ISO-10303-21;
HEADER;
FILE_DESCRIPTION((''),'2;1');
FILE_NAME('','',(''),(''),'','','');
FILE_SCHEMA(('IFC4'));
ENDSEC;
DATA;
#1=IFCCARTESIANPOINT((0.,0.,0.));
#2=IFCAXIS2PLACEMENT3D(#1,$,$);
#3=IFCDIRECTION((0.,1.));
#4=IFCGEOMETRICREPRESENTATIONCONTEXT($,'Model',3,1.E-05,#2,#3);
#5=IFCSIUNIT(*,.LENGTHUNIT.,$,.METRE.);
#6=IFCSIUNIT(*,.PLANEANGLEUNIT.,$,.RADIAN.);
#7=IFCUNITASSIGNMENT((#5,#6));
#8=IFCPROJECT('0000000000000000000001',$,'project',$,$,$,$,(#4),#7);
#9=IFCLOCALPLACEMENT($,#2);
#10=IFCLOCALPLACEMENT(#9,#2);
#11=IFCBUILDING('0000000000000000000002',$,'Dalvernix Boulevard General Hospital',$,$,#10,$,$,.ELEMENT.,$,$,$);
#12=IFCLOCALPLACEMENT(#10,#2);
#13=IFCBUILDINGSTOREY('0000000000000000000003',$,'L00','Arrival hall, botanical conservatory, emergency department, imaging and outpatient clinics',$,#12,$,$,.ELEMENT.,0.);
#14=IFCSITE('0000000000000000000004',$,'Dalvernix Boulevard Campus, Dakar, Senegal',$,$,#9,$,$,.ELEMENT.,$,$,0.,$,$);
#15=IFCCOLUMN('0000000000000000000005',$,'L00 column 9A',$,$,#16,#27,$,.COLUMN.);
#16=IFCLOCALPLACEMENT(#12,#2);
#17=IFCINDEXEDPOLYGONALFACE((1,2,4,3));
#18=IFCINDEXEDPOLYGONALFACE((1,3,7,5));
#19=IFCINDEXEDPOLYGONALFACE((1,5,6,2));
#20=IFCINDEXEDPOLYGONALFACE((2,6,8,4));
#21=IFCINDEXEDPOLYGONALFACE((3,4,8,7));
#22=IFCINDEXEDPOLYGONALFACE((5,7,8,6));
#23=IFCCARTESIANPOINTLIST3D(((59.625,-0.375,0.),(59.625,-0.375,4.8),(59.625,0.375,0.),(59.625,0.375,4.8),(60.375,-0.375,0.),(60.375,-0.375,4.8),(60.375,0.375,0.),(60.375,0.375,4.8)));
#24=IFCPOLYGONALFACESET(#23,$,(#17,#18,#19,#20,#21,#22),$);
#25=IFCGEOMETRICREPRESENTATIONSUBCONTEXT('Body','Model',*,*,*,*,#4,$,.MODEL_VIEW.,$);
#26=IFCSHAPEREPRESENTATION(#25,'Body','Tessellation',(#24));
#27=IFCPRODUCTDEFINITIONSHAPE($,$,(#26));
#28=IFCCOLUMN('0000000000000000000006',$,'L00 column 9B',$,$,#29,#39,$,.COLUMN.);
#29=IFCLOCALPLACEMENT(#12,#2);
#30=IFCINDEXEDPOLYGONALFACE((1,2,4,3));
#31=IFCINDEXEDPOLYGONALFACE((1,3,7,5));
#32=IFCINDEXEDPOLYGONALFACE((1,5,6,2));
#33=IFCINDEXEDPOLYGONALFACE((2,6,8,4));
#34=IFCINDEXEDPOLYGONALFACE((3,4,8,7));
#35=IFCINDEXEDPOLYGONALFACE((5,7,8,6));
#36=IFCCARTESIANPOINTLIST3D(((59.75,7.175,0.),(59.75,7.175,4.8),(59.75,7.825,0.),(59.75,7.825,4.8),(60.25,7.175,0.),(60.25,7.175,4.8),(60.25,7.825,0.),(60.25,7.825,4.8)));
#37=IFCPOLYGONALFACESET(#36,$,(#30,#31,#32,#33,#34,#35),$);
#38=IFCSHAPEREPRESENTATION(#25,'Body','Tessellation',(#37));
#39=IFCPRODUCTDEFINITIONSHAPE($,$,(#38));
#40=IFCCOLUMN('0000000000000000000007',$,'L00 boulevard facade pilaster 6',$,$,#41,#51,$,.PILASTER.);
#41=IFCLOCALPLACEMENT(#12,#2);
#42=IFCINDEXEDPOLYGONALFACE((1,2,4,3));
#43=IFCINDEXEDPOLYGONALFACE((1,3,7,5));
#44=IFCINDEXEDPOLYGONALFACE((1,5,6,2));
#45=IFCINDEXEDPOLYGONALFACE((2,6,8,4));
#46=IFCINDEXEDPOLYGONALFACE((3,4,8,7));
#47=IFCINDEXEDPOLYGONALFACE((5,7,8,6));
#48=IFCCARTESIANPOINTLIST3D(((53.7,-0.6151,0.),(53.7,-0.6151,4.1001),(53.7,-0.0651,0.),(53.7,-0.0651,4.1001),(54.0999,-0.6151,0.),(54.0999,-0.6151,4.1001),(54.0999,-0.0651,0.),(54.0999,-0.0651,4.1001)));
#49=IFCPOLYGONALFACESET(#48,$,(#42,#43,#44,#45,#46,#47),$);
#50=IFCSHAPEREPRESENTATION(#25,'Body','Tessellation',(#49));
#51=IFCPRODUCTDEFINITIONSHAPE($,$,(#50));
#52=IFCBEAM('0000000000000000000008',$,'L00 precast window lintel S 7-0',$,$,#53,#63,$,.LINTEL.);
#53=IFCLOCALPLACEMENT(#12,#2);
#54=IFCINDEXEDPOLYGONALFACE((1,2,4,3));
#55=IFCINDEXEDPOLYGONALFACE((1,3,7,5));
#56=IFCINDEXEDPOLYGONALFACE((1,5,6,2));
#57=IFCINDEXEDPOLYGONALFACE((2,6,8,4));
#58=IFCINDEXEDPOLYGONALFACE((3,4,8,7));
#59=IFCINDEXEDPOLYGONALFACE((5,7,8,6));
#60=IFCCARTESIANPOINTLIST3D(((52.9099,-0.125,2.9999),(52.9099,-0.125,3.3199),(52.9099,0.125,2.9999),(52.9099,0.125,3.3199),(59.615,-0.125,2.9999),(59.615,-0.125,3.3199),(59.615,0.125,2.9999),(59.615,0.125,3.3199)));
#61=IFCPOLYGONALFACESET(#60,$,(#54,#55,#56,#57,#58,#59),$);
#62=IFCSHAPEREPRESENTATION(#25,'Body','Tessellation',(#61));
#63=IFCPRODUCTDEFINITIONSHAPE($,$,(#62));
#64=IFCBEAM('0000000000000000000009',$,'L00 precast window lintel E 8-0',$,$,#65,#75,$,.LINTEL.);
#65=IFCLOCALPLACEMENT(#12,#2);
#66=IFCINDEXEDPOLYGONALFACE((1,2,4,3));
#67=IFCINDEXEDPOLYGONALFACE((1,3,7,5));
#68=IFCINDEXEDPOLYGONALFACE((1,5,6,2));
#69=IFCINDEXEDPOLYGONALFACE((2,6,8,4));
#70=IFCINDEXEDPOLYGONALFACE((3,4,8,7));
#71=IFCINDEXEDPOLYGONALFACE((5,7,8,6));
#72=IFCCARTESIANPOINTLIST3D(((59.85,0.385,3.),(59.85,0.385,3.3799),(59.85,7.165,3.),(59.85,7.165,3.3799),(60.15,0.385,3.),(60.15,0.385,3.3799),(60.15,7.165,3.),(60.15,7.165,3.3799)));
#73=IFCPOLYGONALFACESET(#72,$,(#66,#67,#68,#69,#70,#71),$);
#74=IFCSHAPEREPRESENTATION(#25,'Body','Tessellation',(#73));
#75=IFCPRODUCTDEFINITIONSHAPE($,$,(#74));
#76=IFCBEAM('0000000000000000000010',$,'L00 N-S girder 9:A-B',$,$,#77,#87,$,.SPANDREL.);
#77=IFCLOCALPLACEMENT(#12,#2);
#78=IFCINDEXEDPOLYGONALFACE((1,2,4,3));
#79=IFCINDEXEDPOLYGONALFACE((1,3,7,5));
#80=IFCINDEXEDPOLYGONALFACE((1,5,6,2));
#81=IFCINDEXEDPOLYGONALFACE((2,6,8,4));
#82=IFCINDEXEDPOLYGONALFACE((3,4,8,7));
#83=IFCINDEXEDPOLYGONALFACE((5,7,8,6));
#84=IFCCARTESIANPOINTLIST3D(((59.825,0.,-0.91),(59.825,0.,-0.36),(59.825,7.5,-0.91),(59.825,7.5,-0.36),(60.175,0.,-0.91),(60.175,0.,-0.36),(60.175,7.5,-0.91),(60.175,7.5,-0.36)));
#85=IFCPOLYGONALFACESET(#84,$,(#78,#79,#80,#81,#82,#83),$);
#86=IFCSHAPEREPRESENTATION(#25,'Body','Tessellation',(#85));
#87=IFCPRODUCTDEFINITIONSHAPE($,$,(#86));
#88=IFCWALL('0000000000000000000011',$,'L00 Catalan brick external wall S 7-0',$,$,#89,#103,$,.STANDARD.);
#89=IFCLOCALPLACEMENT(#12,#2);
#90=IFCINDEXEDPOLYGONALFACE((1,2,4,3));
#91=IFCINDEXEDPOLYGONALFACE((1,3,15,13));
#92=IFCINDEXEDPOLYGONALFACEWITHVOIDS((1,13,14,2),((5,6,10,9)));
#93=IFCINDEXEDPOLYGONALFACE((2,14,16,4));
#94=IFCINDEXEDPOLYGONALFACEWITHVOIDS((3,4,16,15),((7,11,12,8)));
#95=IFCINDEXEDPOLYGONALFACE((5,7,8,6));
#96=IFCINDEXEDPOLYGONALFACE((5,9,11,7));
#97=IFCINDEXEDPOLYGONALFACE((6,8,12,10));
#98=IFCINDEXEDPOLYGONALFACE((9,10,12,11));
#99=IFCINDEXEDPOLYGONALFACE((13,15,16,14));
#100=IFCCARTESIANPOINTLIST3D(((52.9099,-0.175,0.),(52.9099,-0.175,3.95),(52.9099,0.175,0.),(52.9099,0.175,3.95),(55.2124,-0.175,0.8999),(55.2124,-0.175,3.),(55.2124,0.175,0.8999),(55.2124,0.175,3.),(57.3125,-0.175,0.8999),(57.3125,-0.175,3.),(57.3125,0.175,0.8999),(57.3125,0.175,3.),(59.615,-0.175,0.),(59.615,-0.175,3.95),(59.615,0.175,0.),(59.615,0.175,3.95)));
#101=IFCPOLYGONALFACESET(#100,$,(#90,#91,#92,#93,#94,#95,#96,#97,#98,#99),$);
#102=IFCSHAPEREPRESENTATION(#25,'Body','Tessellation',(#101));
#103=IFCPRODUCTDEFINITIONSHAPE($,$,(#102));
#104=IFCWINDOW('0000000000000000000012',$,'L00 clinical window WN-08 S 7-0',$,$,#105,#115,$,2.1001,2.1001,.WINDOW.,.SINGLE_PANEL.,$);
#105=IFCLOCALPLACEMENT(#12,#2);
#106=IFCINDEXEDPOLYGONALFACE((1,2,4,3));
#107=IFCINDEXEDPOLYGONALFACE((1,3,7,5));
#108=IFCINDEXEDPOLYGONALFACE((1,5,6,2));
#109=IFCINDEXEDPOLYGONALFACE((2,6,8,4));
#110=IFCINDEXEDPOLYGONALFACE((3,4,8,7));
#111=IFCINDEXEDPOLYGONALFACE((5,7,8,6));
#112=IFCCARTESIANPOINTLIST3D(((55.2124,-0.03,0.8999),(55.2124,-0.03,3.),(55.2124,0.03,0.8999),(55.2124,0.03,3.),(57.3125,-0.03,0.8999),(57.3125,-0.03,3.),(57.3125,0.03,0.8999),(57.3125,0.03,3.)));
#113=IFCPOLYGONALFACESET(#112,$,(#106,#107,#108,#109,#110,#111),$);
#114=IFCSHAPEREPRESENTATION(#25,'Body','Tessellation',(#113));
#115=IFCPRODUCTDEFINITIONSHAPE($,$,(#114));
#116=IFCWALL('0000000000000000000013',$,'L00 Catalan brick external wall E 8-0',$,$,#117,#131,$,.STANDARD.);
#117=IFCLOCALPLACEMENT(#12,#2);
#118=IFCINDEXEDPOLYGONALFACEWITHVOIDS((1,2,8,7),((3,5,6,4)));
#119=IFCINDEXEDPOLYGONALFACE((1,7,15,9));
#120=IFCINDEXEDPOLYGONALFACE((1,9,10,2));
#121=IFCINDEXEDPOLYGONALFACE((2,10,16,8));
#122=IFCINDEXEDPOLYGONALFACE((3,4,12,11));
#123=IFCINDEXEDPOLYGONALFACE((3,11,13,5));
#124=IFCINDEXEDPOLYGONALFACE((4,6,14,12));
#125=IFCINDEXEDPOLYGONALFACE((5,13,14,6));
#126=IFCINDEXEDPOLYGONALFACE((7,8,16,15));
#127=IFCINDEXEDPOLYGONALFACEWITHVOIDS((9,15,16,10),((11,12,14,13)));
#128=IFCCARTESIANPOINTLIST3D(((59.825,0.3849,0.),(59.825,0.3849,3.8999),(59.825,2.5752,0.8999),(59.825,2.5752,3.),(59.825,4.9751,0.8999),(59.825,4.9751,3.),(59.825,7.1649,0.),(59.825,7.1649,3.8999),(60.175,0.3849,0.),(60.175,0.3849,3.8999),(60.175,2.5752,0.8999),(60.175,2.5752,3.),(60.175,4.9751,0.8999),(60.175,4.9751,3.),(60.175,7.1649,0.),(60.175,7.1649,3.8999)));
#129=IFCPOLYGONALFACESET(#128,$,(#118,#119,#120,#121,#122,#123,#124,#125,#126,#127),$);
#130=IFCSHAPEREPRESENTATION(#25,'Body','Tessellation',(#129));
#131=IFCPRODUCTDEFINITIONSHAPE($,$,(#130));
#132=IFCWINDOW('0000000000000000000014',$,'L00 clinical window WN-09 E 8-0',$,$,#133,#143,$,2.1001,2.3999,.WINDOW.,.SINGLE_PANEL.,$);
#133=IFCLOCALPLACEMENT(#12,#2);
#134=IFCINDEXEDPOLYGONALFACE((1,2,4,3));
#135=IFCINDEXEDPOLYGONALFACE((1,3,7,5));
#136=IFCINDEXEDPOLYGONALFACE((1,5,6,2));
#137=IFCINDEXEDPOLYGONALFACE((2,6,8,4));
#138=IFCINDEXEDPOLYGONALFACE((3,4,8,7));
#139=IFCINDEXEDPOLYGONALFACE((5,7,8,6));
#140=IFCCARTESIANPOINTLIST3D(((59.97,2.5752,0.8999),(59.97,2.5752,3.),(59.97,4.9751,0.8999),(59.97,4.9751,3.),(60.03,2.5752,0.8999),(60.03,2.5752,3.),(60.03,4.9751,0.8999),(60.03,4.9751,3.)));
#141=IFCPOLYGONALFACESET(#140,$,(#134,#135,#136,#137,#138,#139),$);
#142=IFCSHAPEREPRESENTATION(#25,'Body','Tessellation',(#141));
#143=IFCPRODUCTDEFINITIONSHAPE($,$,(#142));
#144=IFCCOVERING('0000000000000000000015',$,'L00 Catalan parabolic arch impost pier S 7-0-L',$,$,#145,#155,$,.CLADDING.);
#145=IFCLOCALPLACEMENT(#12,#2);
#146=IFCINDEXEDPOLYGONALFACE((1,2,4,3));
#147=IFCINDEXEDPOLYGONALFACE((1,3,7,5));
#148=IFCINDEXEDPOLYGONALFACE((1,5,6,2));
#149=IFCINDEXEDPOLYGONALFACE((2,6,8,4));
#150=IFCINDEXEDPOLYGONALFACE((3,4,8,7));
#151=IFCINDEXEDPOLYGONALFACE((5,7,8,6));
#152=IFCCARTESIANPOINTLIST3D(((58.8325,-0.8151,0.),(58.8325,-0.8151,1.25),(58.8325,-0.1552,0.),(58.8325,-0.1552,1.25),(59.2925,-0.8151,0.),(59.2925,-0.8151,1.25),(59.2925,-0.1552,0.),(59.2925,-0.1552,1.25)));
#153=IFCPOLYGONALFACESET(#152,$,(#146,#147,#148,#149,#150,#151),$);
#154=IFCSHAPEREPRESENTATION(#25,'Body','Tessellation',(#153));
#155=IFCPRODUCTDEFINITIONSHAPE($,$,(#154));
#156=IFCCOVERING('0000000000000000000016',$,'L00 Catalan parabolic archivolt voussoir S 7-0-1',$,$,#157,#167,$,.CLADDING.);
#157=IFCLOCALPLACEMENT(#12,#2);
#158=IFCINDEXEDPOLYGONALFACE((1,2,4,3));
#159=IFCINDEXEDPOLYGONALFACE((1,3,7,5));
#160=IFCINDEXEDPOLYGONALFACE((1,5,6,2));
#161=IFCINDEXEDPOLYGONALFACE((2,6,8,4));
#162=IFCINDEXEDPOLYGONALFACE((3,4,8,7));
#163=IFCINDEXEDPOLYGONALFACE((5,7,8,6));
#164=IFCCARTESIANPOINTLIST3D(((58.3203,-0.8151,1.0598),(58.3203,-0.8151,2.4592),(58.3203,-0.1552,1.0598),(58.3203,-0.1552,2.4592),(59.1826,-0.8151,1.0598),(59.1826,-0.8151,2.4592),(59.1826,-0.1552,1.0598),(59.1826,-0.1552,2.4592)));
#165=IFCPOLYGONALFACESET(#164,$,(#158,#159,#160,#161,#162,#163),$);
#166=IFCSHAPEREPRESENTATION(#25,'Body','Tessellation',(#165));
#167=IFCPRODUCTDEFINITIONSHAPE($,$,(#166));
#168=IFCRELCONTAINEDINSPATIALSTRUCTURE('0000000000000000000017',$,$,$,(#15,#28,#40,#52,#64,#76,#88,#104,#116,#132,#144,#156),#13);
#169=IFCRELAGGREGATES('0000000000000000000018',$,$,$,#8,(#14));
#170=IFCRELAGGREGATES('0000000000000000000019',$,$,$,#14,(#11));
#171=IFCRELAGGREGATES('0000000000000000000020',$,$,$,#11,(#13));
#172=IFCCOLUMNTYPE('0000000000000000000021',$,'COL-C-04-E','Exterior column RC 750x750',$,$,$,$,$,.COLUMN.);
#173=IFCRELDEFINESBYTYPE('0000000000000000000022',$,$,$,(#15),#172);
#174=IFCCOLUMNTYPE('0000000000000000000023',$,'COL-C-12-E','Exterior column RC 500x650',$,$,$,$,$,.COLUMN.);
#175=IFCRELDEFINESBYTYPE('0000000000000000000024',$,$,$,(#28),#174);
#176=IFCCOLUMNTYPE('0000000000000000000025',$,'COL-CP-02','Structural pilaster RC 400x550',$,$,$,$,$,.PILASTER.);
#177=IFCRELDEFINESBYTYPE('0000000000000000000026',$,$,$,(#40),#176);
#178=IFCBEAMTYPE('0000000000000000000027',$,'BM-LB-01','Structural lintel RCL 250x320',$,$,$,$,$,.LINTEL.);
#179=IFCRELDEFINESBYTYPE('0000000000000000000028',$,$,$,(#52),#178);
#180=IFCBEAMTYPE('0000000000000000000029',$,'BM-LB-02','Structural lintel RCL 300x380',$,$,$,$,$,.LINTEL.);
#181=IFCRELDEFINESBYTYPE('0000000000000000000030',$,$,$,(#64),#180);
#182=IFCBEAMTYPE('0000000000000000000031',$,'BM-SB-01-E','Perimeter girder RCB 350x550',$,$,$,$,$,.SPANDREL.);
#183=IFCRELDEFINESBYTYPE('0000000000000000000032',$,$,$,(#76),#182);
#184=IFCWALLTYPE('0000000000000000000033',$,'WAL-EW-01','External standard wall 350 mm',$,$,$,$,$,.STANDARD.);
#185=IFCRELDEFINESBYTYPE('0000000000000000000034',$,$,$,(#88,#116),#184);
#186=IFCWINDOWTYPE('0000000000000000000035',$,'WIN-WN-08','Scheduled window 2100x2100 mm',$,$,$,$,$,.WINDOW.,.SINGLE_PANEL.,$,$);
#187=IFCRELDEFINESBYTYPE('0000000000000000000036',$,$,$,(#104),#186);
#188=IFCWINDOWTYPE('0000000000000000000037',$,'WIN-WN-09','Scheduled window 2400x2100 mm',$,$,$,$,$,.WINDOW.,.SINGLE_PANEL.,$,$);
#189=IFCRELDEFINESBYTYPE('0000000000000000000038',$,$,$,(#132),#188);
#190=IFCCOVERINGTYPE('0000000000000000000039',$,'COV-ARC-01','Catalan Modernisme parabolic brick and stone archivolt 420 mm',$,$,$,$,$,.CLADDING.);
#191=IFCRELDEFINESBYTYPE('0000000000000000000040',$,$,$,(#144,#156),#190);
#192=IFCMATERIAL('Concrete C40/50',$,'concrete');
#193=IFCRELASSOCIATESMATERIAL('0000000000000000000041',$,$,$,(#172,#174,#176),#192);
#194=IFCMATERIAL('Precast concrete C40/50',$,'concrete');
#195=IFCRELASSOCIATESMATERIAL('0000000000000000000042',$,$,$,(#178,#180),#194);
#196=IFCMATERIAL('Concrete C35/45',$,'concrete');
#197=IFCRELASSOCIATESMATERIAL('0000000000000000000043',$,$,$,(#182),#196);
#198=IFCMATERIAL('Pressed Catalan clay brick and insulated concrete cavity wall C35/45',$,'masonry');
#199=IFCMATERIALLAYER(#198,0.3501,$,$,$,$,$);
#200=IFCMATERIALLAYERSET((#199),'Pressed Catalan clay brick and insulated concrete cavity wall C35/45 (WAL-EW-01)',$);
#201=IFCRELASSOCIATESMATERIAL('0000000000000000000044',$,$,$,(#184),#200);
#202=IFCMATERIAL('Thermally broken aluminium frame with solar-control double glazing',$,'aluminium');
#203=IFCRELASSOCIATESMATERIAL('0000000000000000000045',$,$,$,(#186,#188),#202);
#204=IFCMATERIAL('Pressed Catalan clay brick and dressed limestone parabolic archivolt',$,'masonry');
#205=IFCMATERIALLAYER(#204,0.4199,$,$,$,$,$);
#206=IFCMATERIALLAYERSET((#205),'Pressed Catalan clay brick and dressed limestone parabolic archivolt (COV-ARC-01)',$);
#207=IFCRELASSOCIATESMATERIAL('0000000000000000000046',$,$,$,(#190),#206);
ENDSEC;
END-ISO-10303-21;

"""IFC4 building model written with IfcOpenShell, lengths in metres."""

from ifc_helpers import new_model, si_unit, direction, frame, frame_2d, origin, origin_2d, place, context, subcontext, project, spatial, rectangle, extrude, material, layer, layer_set, material_profile, profile_set, type_object, element, fill, save


model = new_model("IFC4")

# Units and contexts
model_context = context("Model", 3, precision=1e-05, world=origin(), true_north=direction((0.0, 1.0)))
body_context = subcontext(model_context, "Body", "Model", "MODEL_VIEW")
ifc_project = project(units=[si_unit("LENGTHUNIT", "METRE"), si_unit("PLANEANGLEUNIT", "RADIAN")], contexts=[model_context])

# Site, building, storey
site_placement = place(None, origin())
site = spatial("IfcSite", under=ifc_project, at=site_placement, Name="Dalvernix Boulevard Campus, Dakar, Senegal", CompositionType="ELEMENT", RefElevation=0.0)
building_placement = place(site_placement, origin())
building = spatial("IfcBuilding", under=site, at=building_placement, Name="Dalvernix Boulevard General Hospital", CompositionType="ELEMENT")
storey_placement = place(building_placement, origin())
storey = spatial("IfcBuildingStorey", under=building, at=storey_placement, Name="L00", Description="Arrival hall, botanical conservatory, emergency department, imaging and outpatient clinics", CompositionType="ELEMENT", Elevation=0.0)

# Columns
ifc_material_1 = material(Name="Concrete C40/50", Category="concrete")
ifc_material_profile_1 = material_profile(ifc_material_1, rectangle(XDim=0.75, YDim=0.75, at=origin_2d()), Name="RC 750x750")
ifc_profile_set_1 = profile_set([ifc_material_profile_1], Name="Concrete C40/50")
column_type_1 = type_object("IfcColumnType", Name="COL-C-04-E", Description="Exterior column RC 750x750", PredefinedType="COLUMN", material=ifc_profile_set_1)
column_1_placement = place(storey_placement, frame((60.0, 0.0, 0.0), z_axis=(0.0, 0.0, 1.0), x_axis=(1.0, 0.0, 0.0)))
element("IfcColumn", 1, at=column_1_placement, inside=storey, type_object=column_type_1, Name="L00 column 9A", PredefinedType="COLUMN", context=body_context, shape_type="SweptSolid", body=[
    extrude(rectangle(XDim=0.75, YDim=0.75, at=origin_2d()), origin(), (0.0, 0.0, 1.0), 4.8),
])
ifc_material_profile_2 = material_profile(ifc_material_1, rectangle(XDim=0.5, YDim=0.6499, at=origin_2d()), Name="RC 500x650")
ifc_profile_set_2 = profile_set([ifc_material_profile_2], Name="Concrete C40/50")
column_type_2 = type_object("IfcColumnType", Name="COL-C-12-E", Description="Exterior column RC 500x650", PredefinedType="COLUMN", material=ifc_profile_set_2)
column_2_placement = place(storey_placement, frame((60.0, 7.5, 0.0), z_axis=(0.0, 0.0, 1.0), x_axis=(1.0, 0.0, 0.0)))
element("IfcColumn", 2, at=column_2_placement, inside=storey, type_object=column_type_2, Name="L00 column 9B", PredefinedType="COLUMN", context=body_context, shape_type="SweptSolid", body=[
    extrude(rectangle(XDim=0.5, YDim=0.6499, at=origin_2d()), origin(), (0.0, 0.0, 1.0), 4.8),
])
ifc_material_profile_3 = material_profile(ifc_material_1, rectangle(XDim=0.3999, YDim=0.55, at=origin_2d()), Name="RC 400x550")
ifc_profile_set_3 = profile_set([ifc_material_profile_3], Name="Concrete C40/50")
column_type_3 = type_object("IfcColumnType", Name="COL-CP-02", Description="Structural pilaster RC 400x550", PredefinedType="PILASTER", material=ifc_profile_set_3)
column_3_placement = place(storey_placement, frame((53.8999, -0.3401, 0.0), z_axis=(0.0, 0.0, 1.0), x_axis=(1.0, 0.0, 0.0)))
element("IfcColumn", 3, at=column_3_placement, inside=storey, type_object=column_type_3, Name="L00 boulevard facade pilaster 6", PredefinedType="PILASTER", context=body_context, shape_type="SweptSolid", body=[
    extrude(rectangle(XDim=0.3999, YDim=0.55, at=origin_2d()), origin(), (0.0, 0.0, 1.0), 4.1001),
])

# Beams
ifc_material_2 = material(Name="Precast concrete C40/50", Category="concrete")
ifc_material_profile_4 = material_profile(ifc_material_2, rectangle(XDim=0.25, YDim=0.3201, at=origin_2d()), Name="RCL 250x320")
ifc_profile_set_4 = profile_set([ifc_material_profile_4], Name="Precast concrete C40/50")
beam_type_1 = type_object("IfcBeamType", Name="BM-LB-01", Description="Structural lintel RCL 250x320", PredefinedType="LINTEL", material=ifc_profile_set_4)
beam_1_placement = place(storey_placement, frame((59.615, 0.0, 3.1599), z_axis=(-1.0, 0.0, 0.0), x_axis=(0.0, -1.0, 0.0)))
element("IfcBeam", 4, at=beam_1_placement, inside=storey, type_object=beam_type_1, Name="L00 precast window lintel S 7-0", PredefinedType="LINTEL", context=body_context, shape_type="SweptSolid", body=[
    extrude(rectangle(XDim=0.25, YDim=0.3201, at=origin_2d()), origin(), (0.0, 0.0, 1.0), 6.7051),
])
ifc_material_profile_5 = material_profile(ifc_material_2, rectangle(XDim=0.3, YDim=0.3799, at=origin_2d()), Name="RCL 300x380")
ifc_profile_set_5 = profile_set([ifc_material_profile_5], Name="Precast concrete C40/50")
beam_type_2 = type_object("IfcBeamType", Name="BM-LB-02", Description="Structural lintel RCL 300x380", PredefinedType="LINTEL", material=ifc_profile_set_5)
beam_2_placement = place(storey_placement, frame((60.0, 7.165, 3.1899), z_axis=(0.0, -1.0, 0.0), x_axis=(1.0, 0.0, 0.0)))
element("IfcBeam", 5, at=beam_2_placement, inside=storey, type_object=beam_type_2, Name="L00 precast window lintel E 8-0", PredefinedType="LINTEL", context=body_context, shape_type="SweptSolid", body=[
    extrude(rectangle(XDim=0.3, YDim=0.3799, at=origin_2d()), origin(), (0.0, 0.0, 1.0), 6.78),
])
ifc_material_3 = material(Name="Concrete C35/45", Category="concrete")
ifc_material_profile_6 = material_profile(ifc_material_3, rectangle(XDim=0.3501, YDim=0.55, at=origin_2d()), Name="RCB 350x550")
ifc_profile_set_6 = profile_set([ifc_material_profile_6], Name="Concrete C35/45")
beam_type_3 = type_object("IfcBeamType", Name="BM-SB-01-E", Description="Perimeter girder RCB 350x550", PredefinedType="SPANDREL", material=ifc_profile_set_6)
beam_3_placement = place(storey_placement, frame((60.0, 0.0, -0.635), z_axis=(0.0, 1.0, 0.0), x_axis=(-1.0, 0.0, 0.0)))
element("IfcBeam", 6, at=beam_3_placement, inside=storey, type_object=beam_type_3, Name="L00 N-S girder 9:A-B", PredefinedType="SPANDREL", context=body_context, shape_type="SweptSolid", body=[
    extrude(rectangle(XDim=0.3501, YDim=0.55, at=origin_2d()), origin(), (0.0, 0.0, 1.0), 7.5),
])

# Walls, openings, windows
ifc_material_4 = material(Name="Pressed Catalan clay brick and insulated concrete cavity wall C35/45", Category="masonry")
ifc_layer_1 = layer(ifc_material_4, 0.3501)
ifc_layer_set_1 = layer_set([ifc_layer_1], Name="Pressed Catalan clay brick and insulated concrete cavity wall C35/45 (WAL-EW-01)")
wall_type = type_object("IfcWallType", Name="WAL-EW-01", Description="External standard wall 350 mm", PredefinedType="STANDARD", material=ifc_layer_set_1)
wall_1_placement = place(storey_placement, frame((59.615, 0.0, 0.0), z_axis=(0.0, 0.0, 1.0), x_axis=(-1.0, 0.0, 0.0)))
wall_1 = element("IfcWall", 7, at=wall_1_placement, inside=storey, type_object=wall_type, Name="L00 Catalan brick external wall S 7-0", PredefinedType="STANDARD", context=body_context, shape_type="SweptSolid", body=[
    extrude(rectangle(XDim=6.7051, YDim=0.3501, at=frame_2d((3.3525, 0.0))), origin(), (0.0, 0.0, 1.0), 3.95),
])
opening_1_placement = place(wall_1_placement, frame((2.3025, 0.0, 0.8999)))
opening_1 = element("IfcOpeningElement", 8, at=opening_1_placement, cuts=wall_1, PredefinedType="OPENING", context=body_context, shape_type="SweptSolid", body=[
    extrude(rectangle(XDim=2.1001, YDim=2.1001, at=frame_2d((1.05, 1.05))), frame((0.0, 0.1851, 0.0), z_axis=(0.0, -1.0, 0.0), x_axis=(1.0, 0.0, 0.0)), (0.0, 0.0, 1.0), 0.3701),
])
ifc_material_5 = material(Name="Thermally broken aluminium frame with solar-control double glazing", Category="aluminium")
window_type_1 = type_object("IfcWindowType", Name="WIN-WN-08", Description="Scheduled window 2100x2100 mm", PartitioningType="SINGLE_PANEL", PredefinedType="WINDOW", material=ifc_material_5)
window_1_placement = place(opening_1_placement, origin())
window_1 = element("IfcWindow", 9, at=window_1_placement, inside=storey, type_object=window_type_1, Name="L00 clinical window WN-08 S 7-0", OverallHeight=2.1001, OverallWidth=2.1001, PartitioningType="SINGLE_PANEL", PredefinedType="WINDOW", context=body_context, shape_type="SweptSolid", body=[
    extrude(rectangle(XDim=2.1001, YDim=2.1001, at=frame_2d((1.05, 1.05))), frame((0.0, 0.03, 0.0), z_axis=(0.0, -1.0, 0.0), x_axis=(1.0, 0.0, 0.0)), (0.0, 0.0, 1.0), 0.0601),
])
fill(opening_1, window_1)
wall_2_placement = place(storey_placement, frame((60.0, 7.165, 0.0), z_axis=(0.0, 0.0, 1.0), x_axis=(0.0, -1.0, 0.0)))
wall_2 = element("IfcWall", 10, at=wall_2_placement, inside=storey, type_object=wall_type, Name="L00 Catalan brick external wall E 8-0", PredefinedType="STANDARD", context=body_context, shape_type="SweptSolid", body=[
    extrude(rectangle(XDim=6.78, YDim=0.3501, at=frame_2d((3.3901, 0.0))), origin(), (0.0, 0.0, 1.0), 3.8999),
])
opening_2_placement = place(wall_2_placement, frame((2.1899, 0.0, 0.8999)))
opening_2 = element("IfcOpeningElement", 11, at=opening_2_placement, cuts=wall_2, PredefinedType="OPENING", context=body_context, shape_type="SweptSolid", body=[
    extrude(rectangle(XDim=2.3999, YDim=2.1001, at=frame_2d((1.2, 1.05))), frame((0.0, 0.1851, 0.0), z_axis=(0.0, -1.0, 0.0), x_axis=(1.0, 0.0, 0.0)), (0.0, 0.0, 1.0), 0.3701),
])
window_type_2 = type_object("IfcWindowType", Name="WIN-WN-09", Description="Scheduled window 2400x2100 mm", PartitioningType="SINGLE_PANEL", PredefinedType="WINDOW", material=ifc_material_5)
window_2_placement = place(opening_2_placement, origin())
window_2 = element("IfcWindow", 12, at=window_2_placement, inside=storey, type_object=window_type_2, Name="L00 clinical window WN-09 E 8-0", OverallHeight=2.1001, OverallWidth=2.3999, PartitioningType="SINGLE_PANEL", PredefinedType="WINDOW", context=body_context, shape_type="SweptSolid", body=[
    extrude(rectangle(XDim=2.3999, YDim=2.1001, at=frame_2d((1.2, 1.05))), frame((0.0, 0.03, 0.0), z_axis=(0.0, -1.0, 0.0), x_axis=(1.0, 0.0, 0.0)), (0.0, 0.0, 1.0), 0.0601),
])
fill(opening_2, window_2)

# Coverings
ifc_material_6 = material(Name="Pressed Catalan clay brick and dressed limestone parabolic archivolt", Category="masonry")
ifc_layer_2 = layer(ifc_material_6, 0.4199)
ifc_layer_set_2 = layer_set([ifc_layer_2], Name="Pressed Catalan clay brick and dressed limestone parabolic archivolt (COV-ARC-01)")
covering_type_1 = type_object("IfcCoveringType", Name="COV-ARC-01", Description="Catalan Modernisme parabolic brick and stone archivolt 420 mm", PredefinedType="CLADDING", material=ifc_layer_set_2)
covering_1_placement = place(storey_placement, frame((59.0625, -0.4851, 0.0), z_axis=(0.0, 0.0, 1.0), x_axis=(-1.0, 0.0, 0.0)))
element("IfcCovering", 13, at=covering_1_placement, inside=storey, type_object=covering_type_1, Name="L00 Catalan parabolic arch impost pier S 7-0-L", PredefinedType="CLADDING", context=body_context, shape_type="SweptSolid", body=[
    extrude(rectangle(XDim=0.46, YDim=0.6599, at=origin_2d()), origin(), (0.0, 0.0, 1.0), 1.25),
])
covering_2_placement = place(storey_placement, frame((58.7515, -0.4851, 1.0598), z_axis=(0.0, 0.0, 1.0), x_axis=(-1.0, 0.0, 0.0)))
element("IfcCovering", 14, at=covering_2_placement, inside=storey, type_object=covering_type_1, Name="L00 Catalan parabolic archivolt voussoir S 7-0-1", PredefinedType="CLADDING", context=body_context, shape_type="SweptSolid", body=[
    extrude(rectangle(XDim=0.8623, YDim=0.6599, at=origin_2d()), origin(), (0.0, 0.0, 1.0), 1.3994),
])

save(model, "model.ifc")
